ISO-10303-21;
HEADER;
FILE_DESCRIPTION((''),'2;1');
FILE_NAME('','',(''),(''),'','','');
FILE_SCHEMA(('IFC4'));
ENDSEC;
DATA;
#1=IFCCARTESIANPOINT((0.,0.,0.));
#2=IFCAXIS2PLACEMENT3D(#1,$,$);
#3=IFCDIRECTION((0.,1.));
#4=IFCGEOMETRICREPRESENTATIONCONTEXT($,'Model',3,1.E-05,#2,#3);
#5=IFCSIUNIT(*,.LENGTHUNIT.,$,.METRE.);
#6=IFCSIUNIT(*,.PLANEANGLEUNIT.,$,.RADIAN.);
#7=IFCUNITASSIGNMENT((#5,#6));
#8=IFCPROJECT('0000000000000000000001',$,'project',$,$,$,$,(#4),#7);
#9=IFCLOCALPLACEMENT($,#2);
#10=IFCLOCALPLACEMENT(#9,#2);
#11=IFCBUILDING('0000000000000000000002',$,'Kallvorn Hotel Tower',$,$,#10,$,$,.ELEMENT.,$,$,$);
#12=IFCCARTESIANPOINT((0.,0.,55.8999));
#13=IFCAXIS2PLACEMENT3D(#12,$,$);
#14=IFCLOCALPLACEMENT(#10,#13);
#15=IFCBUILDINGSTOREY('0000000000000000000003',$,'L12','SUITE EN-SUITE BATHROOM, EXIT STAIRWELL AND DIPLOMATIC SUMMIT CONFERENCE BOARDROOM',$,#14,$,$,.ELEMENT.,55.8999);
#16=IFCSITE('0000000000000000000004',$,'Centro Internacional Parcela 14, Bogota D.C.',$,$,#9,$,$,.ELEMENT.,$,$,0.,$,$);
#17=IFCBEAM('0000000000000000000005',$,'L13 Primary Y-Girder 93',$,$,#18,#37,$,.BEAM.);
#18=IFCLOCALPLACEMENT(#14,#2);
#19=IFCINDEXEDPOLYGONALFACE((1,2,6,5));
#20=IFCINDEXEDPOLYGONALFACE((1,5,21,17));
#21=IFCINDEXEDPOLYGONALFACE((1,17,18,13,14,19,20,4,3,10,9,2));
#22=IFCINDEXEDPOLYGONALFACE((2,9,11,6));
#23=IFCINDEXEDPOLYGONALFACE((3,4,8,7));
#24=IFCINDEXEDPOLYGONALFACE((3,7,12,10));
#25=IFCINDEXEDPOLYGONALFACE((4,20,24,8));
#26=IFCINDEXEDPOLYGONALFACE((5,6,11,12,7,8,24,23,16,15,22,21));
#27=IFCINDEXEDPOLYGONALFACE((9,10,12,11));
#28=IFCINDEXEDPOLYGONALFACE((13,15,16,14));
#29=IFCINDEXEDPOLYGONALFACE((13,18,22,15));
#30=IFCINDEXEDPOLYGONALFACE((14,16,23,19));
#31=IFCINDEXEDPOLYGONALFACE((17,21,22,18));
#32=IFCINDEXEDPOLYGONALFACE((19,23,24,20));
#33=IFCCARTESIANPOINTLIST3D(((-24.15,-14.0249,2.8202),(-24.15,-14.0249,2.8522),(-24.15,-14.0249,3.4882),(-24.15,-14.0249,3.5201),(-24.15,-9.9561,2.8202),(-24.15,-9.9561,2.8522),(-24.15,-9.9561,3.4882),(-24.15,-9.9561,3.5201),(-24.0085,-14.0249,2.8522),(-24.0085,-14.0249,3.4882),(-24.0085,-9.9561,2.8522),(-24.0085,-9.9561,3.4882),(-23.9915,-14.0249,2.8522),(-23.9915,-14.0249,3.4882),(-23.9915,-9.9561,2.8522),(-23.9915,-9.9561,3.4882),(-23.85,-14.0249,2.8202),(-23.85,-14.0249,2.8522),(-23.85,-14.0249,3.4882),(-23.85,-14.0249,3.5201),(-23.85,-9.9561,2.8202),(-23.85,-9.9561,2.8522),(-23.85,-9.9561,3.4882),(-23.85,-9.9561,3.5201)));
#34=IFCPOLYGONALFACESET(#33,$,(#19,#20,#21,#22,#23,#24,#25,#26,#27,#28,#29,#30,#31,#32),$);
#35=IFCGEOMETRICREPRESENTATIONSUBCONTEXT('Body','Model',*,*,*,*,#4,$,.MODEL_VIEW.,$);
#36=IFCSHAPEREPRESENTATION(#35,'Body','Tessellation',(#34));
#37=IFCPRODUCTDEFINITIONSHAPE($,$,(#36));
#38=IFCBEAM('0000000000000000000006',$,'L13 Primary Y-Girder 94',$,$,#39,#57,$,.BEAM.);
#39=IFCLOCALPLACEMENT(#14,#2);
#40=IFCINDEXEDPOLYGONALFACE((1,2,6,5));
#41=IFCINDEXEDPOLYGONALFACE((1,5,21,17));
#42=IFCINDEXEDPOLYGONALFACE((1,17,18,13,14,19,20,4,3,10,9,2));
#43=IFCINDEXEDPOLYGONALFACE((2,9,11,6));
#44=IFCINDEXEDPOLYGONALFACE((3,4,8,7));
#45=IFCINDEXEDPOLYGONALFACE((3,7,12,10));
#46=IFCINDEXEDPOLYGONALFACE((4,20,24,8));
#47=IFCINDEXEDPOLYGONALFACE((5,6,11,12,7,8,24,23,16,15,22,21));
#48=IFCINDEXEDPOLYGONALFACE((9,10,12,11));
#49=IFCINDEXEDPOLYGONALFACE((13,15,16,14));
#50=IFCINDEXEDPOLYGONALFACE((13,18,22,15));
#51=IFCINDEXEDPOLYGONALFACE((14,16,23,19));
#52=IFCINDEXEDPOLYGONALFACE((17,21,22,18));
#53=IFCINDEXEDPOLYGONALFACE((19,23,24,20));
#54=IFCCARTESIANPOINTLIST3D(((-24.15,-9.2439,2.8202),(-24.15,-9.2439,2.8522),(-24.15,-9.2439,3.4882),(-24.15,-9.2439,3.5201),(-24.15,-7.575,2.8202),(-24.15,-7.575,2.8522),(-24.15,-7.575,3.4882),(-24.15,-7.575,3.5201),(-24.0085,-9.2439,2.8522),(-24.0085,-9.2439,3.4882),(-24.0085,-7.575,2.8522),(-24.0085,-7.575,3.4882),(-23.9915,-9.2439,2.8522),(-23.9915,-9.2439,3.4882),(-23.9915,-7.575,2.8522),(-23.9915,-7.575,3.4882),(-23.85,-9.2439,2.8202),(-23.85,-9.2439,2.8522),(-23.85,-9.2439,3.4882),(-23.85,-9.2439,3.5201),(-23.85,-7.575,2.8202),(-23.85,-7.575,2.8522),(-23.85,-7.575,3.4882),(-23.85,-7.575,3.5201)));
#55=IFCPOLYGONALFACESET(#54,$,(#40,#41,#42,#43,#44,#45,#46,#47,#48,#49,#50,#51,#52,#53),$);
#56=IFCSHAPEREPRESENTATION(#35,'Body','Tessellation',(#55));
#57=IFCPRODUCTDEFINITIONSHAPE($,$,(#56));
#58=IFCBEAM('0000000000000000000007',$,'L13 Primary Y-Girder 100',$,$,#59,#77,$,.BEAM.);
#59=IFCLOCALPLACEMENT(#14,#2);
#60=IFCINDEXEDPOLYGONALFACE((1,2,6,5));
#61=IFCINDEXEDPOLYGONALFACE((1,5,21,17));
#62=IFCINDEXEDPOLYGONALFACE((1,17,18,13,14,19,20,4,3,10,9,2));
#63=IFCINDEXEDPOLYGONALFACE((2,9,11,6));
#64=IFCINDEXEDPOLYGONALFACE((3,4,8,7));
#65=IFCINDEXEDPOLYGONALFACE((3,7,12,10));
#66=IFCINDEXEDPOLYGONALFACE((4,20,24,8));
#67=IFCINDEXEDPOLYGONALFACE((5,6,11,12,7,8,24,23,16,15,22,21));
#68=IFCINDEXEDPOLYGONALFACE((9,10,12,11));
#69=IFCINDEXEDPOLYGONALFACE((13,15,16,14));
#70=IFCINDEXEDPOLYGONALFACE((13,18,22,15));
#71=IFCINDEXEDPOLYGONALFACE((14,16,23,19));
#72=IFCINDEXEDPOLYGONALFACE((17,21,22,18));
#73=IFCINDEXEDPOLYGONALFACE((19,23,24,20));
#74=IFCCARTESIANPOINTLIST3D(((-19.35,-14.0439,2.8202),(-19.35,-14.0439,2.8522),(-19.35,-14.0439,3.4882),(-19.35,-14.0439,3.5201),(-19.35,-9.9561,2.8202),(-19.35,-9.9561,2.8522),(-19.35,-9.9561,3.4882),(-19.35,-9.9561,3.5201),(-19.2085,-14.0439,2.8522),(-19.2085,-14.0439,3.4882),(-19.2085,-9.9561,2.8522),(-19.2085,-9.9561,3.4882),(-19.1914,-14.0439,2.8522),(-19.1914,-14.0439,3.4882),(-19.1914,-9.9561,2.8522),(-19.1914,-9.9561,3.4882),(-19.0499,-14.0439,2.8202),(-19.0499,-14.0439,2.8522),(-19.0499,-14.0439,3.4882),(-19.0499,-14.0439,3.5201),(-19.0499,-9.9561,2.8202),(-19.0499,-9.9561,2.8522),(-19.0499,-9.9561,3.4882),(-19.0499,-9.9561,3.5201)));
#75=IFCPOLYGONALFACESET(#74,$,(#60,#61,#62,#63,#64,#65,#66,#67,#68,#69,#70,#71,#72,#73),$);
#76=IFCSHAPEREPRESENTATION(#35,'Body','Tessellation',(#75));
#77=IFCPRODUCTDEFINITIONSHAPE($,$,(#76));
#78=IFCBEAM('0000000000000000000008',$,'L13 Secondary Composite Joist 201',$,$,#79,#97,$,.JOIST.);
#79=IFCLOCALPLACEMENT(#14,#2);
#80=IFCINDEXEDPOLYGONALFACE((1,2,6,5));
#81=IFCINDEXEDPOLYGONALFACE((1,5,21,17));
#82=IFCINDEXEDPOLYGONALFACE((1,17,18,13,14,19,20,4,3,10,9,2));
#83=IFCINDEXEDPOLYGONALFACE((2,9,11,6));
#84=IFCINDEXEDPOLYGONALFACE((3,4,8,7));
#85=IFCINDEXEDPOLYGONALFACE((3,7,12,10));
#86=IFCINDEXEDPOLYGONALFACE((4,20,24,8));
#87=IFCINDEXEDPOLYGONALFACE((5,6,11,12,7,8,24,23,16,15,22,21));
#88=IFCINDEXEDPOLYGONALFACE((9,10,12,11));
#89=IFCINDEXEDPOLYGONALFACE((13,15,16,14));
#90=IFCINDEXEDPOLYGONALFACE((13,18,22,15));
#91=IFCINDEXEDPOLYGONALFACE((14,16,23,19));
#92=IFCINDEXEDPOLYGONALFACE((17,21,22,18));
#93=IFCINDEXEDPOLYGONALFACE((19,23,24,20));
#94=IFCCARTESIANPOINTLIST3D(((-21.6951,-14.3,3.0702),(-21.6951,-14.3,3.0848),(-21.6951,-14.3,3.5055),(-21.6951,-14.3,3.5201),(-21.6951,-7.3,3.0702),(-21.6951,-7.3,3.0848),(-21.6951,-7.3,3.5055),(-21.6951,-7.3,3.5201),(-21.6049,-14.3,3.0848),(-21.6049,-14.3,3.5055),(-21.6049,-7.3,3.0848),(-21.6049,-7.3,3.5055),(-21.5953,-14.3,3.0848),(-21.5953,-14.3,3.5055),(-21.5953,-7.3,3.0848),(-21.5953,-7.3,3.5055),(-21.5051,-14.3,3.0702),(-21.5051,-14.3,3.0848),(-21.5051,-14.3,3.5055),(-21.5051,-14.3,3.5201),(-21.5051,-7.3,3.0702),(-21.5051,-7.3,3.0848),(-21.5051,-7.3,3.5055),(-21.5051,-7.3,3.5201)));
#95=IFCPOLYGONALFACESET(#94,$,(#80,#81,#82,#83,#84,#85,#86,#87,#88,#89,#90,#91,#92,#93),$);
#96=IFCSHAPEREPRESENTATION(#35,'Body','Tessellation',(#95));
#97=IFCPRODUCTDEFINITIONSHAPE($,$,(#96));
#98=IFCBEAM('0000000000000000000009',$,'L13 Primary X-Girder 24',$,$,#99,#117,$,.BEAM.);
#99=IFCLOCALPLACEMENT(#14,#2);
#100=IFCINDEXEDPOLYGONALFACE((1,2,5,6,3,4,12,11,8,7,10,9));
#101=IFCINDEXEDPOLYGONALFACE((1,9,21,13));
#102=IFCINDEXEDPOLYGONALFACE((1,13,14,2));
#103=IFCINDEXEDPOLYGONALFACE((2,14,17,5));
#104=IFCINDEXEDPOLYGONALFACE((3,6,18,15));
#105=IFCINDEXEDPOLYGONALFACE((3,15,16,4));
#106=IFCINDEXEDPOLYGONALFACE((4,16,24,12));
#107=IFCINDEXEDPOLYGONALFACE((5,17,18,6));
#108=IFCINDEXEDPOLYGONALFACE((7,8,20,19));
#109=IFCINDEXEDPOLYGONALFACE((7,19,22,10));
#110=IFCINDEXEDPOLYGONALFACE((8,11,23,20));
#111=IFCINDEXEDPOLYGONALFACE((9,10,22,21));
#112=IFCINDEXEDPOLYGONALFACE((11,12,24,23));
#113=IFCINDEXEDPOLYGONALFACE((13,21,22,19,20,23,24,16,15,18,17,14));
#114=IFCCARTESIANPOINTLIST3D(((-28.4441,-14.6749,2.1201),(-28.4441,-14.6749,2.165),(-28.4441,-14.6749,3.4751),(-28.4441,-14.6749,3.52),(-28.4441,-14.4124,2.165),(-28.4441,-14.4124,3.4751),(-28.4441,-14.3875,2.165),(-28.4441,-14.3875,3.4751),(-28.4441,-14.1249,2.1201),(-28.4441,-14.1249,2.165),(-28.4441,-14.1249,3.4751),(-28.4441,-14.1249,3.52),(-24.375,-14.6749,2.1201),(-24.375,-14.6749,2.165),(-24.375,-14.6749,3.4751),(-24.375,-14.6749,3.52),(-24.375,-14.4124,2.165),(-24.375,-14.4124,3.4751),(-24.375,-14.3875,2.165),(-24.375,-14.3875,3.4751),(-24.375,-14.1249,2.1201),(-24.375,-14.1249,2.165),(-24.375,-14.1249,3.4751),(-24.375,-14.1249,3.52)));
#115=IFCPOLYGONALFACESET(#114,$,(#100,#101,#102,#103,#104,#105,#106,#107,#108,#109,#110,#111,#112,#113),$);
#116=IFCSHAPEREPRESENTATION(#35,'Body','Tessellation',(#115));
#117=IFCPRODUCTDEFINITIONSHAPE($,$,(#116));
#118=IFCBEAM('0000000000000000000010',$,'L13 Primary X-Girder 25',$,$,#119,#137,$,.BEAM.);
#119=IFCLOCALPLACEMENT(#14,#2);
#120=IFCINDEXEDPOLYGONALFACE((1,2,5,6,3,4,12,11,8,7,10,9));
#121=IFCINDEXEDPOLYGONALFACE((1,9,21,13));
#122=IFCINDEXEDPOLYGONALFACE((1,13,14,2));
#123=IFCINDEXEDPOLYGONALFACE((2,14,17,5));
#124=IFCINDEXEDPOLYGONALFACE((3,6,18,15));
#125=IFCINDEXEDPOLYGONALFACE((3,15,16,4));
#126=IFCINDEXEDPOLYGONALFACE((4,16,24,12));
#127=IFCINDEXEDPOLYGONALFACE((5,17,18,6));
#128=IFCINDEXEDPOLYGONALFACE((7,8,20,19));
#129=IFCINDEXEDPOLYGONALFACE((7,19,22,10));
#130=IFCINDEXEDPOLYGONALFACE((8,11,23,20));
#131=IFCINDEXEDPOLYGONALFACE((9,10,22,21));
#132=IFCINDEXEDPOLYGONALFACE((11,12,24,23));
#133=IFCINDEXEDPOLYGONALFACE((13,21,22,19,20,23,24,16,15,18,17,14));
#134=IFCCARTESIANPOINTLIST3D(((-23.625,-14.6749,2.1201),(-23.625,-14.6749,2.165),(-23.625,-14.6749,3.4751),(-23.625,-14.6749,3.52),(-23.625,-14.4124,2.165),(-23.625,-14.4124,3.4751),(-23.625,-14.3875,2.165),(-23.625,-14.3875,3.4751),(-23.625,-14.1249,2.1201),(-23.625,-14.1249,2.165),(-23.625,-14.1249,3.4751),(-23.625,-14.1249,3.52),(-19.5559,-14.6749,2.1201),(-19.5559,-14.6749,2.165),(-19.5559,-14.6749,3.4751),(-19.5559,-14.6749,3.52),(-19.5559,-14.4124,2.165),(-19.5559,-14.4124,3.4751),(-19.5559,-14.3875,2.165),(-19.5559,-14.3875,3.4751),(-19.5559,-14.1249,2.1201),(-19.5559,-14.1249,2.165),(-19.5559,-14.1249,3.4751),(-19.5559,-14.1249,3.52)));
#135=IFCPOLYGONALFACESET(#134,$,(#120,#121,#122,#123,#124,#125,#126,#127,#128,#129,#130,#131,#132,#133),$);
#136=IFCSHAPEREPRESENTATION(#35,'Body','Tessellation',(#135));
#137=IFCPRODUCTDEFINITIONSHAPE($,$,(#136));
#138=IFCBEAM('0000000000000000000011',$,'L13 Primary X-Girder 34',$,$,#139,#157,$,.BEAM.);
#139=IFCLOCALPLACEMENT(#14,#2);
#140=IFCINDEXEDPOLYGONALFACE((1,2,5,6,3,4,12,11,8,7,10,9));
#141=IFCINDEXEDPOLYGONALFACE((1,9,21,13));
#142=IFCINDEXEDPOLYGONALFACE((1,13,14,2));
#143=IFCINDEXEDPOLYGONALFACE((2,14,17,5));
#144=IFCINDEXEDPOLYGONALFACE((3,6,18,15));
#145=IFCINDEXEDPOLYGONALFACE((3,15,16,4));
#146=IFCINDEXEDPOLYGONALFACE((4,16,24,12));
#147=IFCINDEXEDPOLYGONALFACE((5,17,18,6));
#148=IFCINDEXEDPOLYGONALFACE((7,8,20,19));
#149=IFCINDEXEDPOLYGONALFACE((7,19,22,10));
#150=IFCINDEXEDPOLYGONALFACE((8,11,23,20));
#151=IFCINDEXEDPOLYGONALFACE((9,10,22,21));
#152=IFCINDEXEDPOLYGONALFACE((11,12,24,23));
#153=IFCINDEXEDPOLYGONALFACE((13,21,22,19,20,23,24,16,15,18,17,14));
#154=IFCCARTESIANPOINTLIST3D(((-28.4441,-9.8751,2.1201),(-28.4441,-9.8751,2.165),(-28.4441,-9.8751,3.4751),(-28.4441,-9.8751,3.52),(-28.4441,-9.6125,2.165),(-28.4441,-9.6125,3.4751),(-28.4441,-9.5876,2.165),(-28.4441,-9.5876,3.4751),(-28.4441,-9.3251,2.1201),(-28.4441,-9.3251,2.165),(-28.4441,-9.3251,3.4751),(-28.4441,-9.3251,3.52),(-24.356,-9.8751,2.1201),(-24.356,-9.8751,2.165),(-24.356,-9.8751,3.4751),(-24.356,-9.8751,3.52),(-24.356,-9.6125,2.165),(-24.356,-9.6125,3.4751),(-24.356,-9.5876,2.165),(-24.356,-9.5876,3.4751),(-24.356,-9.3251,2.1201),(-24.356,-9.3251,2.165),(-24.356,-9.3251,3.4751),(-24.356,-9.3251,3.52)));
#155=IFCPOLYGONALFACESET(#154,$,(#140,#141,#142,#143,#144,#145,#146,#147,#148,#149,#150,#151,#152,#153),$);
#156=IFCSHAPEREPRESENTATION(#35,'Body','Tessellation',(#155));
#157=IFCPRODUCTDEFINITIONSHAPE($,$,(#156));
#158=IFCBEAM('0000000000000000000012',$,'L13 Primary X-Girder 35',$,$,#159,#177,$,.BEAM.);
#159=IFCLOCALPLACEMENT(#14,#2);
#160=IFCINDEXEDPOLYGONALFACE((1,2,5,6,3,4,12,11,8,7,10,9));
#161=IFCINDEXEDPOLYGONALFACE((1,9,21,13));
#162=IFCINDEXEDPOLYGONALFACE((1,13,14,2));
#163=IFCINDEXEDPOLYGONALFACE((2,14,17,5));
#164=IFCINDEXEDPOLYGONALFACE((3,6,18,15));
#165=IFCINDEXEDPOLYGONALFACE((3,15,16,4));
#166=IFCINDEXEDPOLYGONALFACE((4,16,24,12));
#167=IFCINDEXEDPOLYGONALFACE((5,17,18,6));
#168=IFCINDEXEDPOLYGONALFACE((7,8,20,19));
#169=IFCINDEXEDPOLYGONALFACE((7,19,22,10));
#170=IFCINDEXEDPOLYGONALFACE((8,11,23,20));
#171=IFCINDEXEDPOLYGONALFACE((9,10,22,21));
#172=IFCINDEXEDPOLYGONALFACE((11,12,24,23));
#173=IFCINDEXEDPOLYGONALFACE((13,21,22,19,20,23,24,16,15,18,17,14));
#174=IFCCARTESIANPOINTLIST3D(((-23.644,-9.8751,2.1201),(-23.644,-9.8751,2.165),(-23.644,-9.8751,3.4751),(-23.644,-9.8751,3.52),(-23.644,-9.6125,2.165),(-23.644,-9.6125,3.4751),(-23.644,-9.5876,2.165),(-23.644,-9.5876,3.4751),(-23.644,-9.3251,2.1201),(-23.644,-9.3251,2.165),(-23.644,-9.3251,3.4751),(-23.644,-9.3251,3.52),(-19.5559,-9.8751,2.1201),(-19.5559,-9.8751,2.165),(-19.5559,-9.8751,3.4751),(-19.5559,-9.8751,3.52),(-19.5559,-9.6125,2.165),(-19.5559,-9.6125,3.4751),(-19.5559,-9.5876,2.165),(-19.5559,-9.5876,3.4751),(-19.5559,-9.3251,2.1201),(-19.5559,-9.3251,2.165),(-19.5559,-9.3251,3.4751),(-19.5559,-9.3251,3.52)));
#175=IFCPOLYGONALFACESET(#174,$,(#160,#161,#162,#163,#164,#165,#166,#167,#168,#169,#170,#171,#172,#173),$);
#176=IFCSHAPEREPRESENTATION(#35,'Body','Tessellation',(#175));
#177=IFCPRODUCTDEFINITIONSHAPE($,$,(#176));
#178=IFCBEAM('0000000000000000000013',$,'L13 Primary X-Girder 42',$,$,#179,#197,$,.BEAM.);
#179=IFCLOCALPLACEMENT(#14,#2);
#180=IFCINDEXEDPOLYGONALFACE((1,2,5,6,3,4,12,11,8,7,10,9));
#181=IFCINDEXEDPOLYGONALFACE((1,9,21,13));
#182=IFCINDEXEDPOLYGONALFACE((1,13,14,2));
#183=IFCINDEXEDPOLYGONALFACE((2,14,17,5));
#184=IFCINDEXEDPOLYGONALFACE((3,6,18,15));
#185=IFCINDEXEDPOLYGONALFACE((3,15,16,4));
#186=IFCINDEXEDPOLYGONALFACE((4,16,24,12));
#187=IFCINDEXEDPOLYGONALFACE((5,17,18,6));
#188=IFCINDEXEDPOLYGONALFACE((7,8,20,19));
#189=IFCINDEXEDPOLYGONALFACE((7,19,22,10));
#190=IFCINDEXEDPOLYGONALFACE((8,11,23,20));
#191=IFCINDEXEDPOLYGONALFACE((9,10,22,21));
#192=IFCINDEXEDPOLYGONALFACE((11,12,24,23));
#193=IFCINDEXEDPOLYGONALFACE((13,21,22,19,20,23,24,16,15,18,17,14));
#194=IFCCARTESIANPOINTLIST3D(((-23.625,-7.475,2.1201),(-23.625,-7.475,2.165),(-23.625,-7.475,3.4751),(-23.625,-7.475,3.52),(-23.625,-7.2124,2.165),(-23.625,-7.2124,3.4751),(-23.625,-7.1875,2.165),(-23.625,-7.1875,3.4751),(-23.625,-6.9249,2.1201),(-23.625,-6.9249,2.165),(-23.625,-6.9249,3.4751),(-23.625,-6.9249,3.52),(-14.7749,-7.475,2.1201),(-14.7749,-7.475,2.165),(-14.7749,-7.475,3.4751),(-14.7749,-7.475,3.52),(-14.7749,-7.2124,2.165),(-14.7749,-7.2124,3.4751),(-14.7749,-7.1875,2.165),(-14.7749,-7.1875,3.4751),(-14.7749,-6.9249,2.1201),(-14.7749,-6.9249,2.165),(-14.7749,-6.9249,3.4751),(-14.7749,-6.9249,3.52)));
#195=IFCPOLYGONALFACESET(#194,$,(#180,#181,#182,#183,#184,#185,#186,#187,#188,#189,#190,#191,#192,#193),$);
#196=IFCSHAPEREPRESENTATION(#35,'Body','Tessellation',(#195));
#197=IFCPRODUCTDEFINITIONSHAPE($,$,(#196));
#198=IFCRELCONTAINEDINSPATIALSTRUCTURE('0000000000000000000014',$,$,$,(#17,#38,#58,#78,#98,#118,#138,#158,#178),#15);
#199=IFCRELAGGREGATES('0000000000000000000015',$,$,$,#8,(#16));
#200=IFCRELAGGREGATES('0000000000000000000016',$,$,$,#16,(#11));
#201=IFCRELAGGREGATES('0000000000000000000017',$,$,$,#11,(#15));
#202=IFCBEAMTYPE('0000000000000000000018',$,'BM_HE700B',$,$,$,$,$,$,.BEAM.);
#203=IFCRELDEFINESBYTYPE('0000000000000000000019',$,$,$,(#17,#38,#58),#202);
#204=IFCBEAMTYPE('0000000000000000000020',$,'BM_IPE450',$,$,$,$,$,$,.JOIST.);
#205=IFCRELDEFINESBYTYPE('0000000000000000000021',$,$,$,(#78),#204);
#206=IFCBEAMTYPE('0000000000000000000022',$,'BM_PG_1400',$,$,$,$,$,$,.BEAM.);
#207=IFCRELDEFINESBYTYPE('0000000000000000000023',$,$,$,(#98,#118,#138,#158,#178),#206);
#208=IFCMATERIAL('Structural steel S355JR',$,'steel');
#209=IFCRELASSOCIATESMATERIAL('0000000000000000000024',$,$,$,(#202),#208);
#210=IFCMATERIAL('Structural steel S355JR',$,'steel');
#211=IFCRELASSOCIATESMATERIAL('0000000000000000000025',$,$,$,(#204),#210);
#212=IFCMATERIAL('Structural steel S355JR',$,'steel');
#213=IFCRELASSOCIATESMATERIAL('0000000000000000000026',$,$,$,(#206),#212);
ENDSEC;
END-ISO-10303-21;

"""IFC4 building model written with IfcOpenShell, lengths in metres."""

from ifc_helpers import new_model, si_unit, direction, frame, origin, origin_2d, place, context, subcontext, project, spatial, i_section, extrude, material, material_profile, profile_set, type_object, element, save


model = new_model("IFC4")

# Units and contexts
model_context = context("Model", 3, precision=1e-05, world=origin(), true_north=direction((0.0, 1.0)))
body_context = subcontext(model_context, "Body", "Model", "MODEL_VIEW")
ifc_project = project(units=[si_unit("LENGTHUNIT", "METRE"), si_unit("PLANEANGLEUNIT", "RADIAN")], contexts=[model_context])

# Site, building, storey
site_placement = place(None, origin())
site = spatial("IfcSite", under=ifc_project, at=site_placement, Name="Centro Internacional Parcela 14, Bogota D.C.", CompositionType="ELEMENT", RefElevation=0.0)
building_placement = place(site_placement, origin())
building = spatial("IfcBuilding", under=site, at=building_placement, Name="Kallvorn Hotel Tower", CompositionType="ELEMENT")
storey_placement = place(building_placement, frame((0.0, 0.0, 55.8999)))
storey = spatial("IfcBuildingStorey", under=building, at=storey_placement, Name="L12", Description="SUITE EN-SUITE BATHROOM, EXIT STAIRWELL AND DIPLOMATIC SUMMIT CONFERENCE BOARDROOM", CompositionType="ELEMENT", Elevation=55.8999)

# Beams
ifc_material_1 = material(Name="Structural steel S355JR", Category="steel")
ifc_material_profile_1 = material_profile(ifc_material_1, i_section(OverallWidth=0.3, OverallDepth=0.7, WebThickness=0.0171, FlangeThickness=0.032, at=origin_2d()), Name="HE 700 B")
ifc_profile_set_1 = profile_set([ifc_material_profile_1], Name="Structural steel S355JR")
beam_type_1 = type_object("IfcBeamType", Name="BM_HE700B", PredefinedType="BEAM", material=ifc_profile_set_1)
beam_1_placement = place(storey_placement, frame((-24.0, -14.0249, 3.1702), z_axis=(0.0, 1.0, 0.0), x_axis=(-1.0, 0.0, 0.0)))
element("IfcBeam", 1, at=beam_1_placement, inside=storey, type_object=beam_type_1, Name="L13 Primary Y-Girder 93", PredefinedType="BEAM", context=body_context, shape_type="SweptSolid", body=[
    extrude(i_section(OverallWidth=0.3, OverallDepth=0.7, WebThickness=0.0171, FlangeThickness=0.032, at=origin_2d()), origin(), (0.0, 0.0, 1.0), 4.0688),
])
beam_2_placement = place(storey_placement, frame((-24.0, -9.2439, 3.1702), z_axis=(0.0, 1.0, 0.0), x_axis=(-1.0, 0.0, 0.0)))
element("IfcBeam", 2, at=beam_2_placement, inside=storey, type_object=beam_type_1, Name="L13 Primary Y-Girder 94", PredefinedType="BEAM", context=body_context, shape_type="SweptSolid", body=[
    extrude(i_section(OverallWidth=0.3, OverallDepth=0.7, WebThickness=0.0171, FlangeThickness=0.032, at=origin_2d()), origin(), (0.0, 0.0, 1.0), 1.6689),
])
beam_3_placement = place(storey_placement, frame((-19.2, -14.0439, 3.1702), z_axis=(0.0, 1.0, 0.0), x_axis=(-1.0, 0.0, 0.0)))
element("IfcBeam", 3, at=beam_3_placement, inside=storey, type_object=beam_type_1, Name="L13 Primary Y-Girder 100", PredefinedType="BEAM", context=body_context, shape_type="SweptSolid", body=[
    extrude(i_section(OverallWidth=0.3, OverallDepth=0.7, WebThickness=0.0171, FlangeThickness=0.032, at=origin_2d()), origin(), (0.0, 0.0, 1.0), 4.0879),
])
ifc_material_2 = material(Name="Structural steel S355JR", Category="steel")
ifc_material_profile_2 = material_profile(ifc_material_2, i_section(OverallWidth=0.1899, OverallDepth=0.45, WebThickness=0.0095, FlangeThickness=0.0146, at=origin_2d()), Name="IPE 450")
ifc_profile_set_2 = profile_set([ifc_material_profile_2], Name="Structural steel S355JR")
beam_type_2 = type_object("IfcBeamType", Name="BM_IPE450", PredefinedType="JOIST", material=ifc_profile_set_2)
beam_4_placement = place(storey_placement, frame((-21.6001, -14.3, 3.2952), z_axis=(0.0, 1.0, 0.0), x_axis=(-1.0, 0.0, 0.0)))
element("IfcBeam", 4, at=beam_4_placement, inside=storey, type_object=beam_type_2, Name="L13 Secondary Composite Joist 201", PredefinedType="JOIST", context=body_context, shape_type="SweptSolid", body=[
    extrude(i_section(OverallWidth=0.1899, OverallDepth=0.45, WebThickness=0.0095, FlangeThickness=0.0146, at=origin_2d()), origin(), (0.0, 0.0, 1.0), 7.0),
])
ifc_material_3 = material(Name="Structural steel S355JR", Category="steel")
ifc_material_profile_3 = material_profile(ifc_material_3, i_section(OverallWidth=0.55, OverallDepth=1.3999, WebThickness=0.0249, FlangeThickness=0.0449, at=origin_2d()), Name="PG 1400x550x25x45")
ifc_profile_set_3 = profile_set([ifc_material_profile_3], Name="Structural steel S355JR")
beam_type_3 = type_object("IfcBeamType", Name="BM_PG_1400", PredefinedType="BEAM", material=ifc_profile_set_3)
for number, where, z_axis, x_axis, name in (
    (5, (-28.4441, -14.3999, 2.8201), (1.0, 0.0, 0.0), (0.0, 1.0, 0.0), "L13 Primary X-Girder 24"),
    (6, (-23.625, -14.3999, 2.8201), (1.0, 0.0, 0.0), (0.0, 1.0, 0.0), "L13 Primary X-Girder 25"),
):
    element("IfcBeam", number, at=place(storey_placement, frame(where, z_axis=z_axis, x_axis=x_axis)), inside=storey, type_object=beam_type_3, Name=name, PredefinedType="BEAM", context=body_context, shape_type="SweptSolid", body=[
        extrude(i_section(OverallWidth=0.55, OverallDepth=1.3999, WebThickness=0.0249, FlangeThickness=0.0449, at=origin_2d()), origin(), (0.0, 0.0, 1.0), 4.0691),
    ])
for number, where, z_axis, x_axis, name in (
    (7, (-28.4441, -9.6001, 2.8201), (1.0, 0.0, 0.0), (0.0, 1.0, 0.0), "L13 Primary X-Girder 34"),
    (8, (-23.644, -9.6001, 2.8201), (1.0, 0.0, 0.0), (0.0, 1.0, 0.0), "L13 Primary X-Girder 35"),
):
    element("IfcBeam", number, at=place(storey_placement, frame(where, z_axis=z_axis, x_axis=x_axis)), inside=storey, type_object=beam_type_3, Name=name, PredefinedType="BEAM", context=body_context, shape_type="SweptSolid", body=[
        extrude(i_section(OverallWidth=0.55, OverallDepth=1.3999, WebThickness=0.0249, FlangeThickness=0.0449, at=origin_2d()), origin(), (0.0, 0.0, 1.0), 4.0881),
    ])
beam_5_placement = place(storey_placement, frame((-23.625, -7.2, 2.8201), z_axis=(1.0, 0.0, 0.0), x_axis=(0.0, 1.0, 0.0)))
element("IfcBeam", 9, at=beam_5_placement, inside=storey, type_object=beam_type_3, Name="L13 Primary X-Girder 42", PredefinedType="BEAM", context=body_context, shape_type="SweptSolid", body=[
    extrude(i_section(OverallWidth=0.55, OverallDepth=1.3999, WebThickness=0.0249, FlangeThickness=0.0449, at=origin_2d()), origin(), (0.0, 0.0, 1.0), 8.8501),
])

save(model, "model.ifc")
